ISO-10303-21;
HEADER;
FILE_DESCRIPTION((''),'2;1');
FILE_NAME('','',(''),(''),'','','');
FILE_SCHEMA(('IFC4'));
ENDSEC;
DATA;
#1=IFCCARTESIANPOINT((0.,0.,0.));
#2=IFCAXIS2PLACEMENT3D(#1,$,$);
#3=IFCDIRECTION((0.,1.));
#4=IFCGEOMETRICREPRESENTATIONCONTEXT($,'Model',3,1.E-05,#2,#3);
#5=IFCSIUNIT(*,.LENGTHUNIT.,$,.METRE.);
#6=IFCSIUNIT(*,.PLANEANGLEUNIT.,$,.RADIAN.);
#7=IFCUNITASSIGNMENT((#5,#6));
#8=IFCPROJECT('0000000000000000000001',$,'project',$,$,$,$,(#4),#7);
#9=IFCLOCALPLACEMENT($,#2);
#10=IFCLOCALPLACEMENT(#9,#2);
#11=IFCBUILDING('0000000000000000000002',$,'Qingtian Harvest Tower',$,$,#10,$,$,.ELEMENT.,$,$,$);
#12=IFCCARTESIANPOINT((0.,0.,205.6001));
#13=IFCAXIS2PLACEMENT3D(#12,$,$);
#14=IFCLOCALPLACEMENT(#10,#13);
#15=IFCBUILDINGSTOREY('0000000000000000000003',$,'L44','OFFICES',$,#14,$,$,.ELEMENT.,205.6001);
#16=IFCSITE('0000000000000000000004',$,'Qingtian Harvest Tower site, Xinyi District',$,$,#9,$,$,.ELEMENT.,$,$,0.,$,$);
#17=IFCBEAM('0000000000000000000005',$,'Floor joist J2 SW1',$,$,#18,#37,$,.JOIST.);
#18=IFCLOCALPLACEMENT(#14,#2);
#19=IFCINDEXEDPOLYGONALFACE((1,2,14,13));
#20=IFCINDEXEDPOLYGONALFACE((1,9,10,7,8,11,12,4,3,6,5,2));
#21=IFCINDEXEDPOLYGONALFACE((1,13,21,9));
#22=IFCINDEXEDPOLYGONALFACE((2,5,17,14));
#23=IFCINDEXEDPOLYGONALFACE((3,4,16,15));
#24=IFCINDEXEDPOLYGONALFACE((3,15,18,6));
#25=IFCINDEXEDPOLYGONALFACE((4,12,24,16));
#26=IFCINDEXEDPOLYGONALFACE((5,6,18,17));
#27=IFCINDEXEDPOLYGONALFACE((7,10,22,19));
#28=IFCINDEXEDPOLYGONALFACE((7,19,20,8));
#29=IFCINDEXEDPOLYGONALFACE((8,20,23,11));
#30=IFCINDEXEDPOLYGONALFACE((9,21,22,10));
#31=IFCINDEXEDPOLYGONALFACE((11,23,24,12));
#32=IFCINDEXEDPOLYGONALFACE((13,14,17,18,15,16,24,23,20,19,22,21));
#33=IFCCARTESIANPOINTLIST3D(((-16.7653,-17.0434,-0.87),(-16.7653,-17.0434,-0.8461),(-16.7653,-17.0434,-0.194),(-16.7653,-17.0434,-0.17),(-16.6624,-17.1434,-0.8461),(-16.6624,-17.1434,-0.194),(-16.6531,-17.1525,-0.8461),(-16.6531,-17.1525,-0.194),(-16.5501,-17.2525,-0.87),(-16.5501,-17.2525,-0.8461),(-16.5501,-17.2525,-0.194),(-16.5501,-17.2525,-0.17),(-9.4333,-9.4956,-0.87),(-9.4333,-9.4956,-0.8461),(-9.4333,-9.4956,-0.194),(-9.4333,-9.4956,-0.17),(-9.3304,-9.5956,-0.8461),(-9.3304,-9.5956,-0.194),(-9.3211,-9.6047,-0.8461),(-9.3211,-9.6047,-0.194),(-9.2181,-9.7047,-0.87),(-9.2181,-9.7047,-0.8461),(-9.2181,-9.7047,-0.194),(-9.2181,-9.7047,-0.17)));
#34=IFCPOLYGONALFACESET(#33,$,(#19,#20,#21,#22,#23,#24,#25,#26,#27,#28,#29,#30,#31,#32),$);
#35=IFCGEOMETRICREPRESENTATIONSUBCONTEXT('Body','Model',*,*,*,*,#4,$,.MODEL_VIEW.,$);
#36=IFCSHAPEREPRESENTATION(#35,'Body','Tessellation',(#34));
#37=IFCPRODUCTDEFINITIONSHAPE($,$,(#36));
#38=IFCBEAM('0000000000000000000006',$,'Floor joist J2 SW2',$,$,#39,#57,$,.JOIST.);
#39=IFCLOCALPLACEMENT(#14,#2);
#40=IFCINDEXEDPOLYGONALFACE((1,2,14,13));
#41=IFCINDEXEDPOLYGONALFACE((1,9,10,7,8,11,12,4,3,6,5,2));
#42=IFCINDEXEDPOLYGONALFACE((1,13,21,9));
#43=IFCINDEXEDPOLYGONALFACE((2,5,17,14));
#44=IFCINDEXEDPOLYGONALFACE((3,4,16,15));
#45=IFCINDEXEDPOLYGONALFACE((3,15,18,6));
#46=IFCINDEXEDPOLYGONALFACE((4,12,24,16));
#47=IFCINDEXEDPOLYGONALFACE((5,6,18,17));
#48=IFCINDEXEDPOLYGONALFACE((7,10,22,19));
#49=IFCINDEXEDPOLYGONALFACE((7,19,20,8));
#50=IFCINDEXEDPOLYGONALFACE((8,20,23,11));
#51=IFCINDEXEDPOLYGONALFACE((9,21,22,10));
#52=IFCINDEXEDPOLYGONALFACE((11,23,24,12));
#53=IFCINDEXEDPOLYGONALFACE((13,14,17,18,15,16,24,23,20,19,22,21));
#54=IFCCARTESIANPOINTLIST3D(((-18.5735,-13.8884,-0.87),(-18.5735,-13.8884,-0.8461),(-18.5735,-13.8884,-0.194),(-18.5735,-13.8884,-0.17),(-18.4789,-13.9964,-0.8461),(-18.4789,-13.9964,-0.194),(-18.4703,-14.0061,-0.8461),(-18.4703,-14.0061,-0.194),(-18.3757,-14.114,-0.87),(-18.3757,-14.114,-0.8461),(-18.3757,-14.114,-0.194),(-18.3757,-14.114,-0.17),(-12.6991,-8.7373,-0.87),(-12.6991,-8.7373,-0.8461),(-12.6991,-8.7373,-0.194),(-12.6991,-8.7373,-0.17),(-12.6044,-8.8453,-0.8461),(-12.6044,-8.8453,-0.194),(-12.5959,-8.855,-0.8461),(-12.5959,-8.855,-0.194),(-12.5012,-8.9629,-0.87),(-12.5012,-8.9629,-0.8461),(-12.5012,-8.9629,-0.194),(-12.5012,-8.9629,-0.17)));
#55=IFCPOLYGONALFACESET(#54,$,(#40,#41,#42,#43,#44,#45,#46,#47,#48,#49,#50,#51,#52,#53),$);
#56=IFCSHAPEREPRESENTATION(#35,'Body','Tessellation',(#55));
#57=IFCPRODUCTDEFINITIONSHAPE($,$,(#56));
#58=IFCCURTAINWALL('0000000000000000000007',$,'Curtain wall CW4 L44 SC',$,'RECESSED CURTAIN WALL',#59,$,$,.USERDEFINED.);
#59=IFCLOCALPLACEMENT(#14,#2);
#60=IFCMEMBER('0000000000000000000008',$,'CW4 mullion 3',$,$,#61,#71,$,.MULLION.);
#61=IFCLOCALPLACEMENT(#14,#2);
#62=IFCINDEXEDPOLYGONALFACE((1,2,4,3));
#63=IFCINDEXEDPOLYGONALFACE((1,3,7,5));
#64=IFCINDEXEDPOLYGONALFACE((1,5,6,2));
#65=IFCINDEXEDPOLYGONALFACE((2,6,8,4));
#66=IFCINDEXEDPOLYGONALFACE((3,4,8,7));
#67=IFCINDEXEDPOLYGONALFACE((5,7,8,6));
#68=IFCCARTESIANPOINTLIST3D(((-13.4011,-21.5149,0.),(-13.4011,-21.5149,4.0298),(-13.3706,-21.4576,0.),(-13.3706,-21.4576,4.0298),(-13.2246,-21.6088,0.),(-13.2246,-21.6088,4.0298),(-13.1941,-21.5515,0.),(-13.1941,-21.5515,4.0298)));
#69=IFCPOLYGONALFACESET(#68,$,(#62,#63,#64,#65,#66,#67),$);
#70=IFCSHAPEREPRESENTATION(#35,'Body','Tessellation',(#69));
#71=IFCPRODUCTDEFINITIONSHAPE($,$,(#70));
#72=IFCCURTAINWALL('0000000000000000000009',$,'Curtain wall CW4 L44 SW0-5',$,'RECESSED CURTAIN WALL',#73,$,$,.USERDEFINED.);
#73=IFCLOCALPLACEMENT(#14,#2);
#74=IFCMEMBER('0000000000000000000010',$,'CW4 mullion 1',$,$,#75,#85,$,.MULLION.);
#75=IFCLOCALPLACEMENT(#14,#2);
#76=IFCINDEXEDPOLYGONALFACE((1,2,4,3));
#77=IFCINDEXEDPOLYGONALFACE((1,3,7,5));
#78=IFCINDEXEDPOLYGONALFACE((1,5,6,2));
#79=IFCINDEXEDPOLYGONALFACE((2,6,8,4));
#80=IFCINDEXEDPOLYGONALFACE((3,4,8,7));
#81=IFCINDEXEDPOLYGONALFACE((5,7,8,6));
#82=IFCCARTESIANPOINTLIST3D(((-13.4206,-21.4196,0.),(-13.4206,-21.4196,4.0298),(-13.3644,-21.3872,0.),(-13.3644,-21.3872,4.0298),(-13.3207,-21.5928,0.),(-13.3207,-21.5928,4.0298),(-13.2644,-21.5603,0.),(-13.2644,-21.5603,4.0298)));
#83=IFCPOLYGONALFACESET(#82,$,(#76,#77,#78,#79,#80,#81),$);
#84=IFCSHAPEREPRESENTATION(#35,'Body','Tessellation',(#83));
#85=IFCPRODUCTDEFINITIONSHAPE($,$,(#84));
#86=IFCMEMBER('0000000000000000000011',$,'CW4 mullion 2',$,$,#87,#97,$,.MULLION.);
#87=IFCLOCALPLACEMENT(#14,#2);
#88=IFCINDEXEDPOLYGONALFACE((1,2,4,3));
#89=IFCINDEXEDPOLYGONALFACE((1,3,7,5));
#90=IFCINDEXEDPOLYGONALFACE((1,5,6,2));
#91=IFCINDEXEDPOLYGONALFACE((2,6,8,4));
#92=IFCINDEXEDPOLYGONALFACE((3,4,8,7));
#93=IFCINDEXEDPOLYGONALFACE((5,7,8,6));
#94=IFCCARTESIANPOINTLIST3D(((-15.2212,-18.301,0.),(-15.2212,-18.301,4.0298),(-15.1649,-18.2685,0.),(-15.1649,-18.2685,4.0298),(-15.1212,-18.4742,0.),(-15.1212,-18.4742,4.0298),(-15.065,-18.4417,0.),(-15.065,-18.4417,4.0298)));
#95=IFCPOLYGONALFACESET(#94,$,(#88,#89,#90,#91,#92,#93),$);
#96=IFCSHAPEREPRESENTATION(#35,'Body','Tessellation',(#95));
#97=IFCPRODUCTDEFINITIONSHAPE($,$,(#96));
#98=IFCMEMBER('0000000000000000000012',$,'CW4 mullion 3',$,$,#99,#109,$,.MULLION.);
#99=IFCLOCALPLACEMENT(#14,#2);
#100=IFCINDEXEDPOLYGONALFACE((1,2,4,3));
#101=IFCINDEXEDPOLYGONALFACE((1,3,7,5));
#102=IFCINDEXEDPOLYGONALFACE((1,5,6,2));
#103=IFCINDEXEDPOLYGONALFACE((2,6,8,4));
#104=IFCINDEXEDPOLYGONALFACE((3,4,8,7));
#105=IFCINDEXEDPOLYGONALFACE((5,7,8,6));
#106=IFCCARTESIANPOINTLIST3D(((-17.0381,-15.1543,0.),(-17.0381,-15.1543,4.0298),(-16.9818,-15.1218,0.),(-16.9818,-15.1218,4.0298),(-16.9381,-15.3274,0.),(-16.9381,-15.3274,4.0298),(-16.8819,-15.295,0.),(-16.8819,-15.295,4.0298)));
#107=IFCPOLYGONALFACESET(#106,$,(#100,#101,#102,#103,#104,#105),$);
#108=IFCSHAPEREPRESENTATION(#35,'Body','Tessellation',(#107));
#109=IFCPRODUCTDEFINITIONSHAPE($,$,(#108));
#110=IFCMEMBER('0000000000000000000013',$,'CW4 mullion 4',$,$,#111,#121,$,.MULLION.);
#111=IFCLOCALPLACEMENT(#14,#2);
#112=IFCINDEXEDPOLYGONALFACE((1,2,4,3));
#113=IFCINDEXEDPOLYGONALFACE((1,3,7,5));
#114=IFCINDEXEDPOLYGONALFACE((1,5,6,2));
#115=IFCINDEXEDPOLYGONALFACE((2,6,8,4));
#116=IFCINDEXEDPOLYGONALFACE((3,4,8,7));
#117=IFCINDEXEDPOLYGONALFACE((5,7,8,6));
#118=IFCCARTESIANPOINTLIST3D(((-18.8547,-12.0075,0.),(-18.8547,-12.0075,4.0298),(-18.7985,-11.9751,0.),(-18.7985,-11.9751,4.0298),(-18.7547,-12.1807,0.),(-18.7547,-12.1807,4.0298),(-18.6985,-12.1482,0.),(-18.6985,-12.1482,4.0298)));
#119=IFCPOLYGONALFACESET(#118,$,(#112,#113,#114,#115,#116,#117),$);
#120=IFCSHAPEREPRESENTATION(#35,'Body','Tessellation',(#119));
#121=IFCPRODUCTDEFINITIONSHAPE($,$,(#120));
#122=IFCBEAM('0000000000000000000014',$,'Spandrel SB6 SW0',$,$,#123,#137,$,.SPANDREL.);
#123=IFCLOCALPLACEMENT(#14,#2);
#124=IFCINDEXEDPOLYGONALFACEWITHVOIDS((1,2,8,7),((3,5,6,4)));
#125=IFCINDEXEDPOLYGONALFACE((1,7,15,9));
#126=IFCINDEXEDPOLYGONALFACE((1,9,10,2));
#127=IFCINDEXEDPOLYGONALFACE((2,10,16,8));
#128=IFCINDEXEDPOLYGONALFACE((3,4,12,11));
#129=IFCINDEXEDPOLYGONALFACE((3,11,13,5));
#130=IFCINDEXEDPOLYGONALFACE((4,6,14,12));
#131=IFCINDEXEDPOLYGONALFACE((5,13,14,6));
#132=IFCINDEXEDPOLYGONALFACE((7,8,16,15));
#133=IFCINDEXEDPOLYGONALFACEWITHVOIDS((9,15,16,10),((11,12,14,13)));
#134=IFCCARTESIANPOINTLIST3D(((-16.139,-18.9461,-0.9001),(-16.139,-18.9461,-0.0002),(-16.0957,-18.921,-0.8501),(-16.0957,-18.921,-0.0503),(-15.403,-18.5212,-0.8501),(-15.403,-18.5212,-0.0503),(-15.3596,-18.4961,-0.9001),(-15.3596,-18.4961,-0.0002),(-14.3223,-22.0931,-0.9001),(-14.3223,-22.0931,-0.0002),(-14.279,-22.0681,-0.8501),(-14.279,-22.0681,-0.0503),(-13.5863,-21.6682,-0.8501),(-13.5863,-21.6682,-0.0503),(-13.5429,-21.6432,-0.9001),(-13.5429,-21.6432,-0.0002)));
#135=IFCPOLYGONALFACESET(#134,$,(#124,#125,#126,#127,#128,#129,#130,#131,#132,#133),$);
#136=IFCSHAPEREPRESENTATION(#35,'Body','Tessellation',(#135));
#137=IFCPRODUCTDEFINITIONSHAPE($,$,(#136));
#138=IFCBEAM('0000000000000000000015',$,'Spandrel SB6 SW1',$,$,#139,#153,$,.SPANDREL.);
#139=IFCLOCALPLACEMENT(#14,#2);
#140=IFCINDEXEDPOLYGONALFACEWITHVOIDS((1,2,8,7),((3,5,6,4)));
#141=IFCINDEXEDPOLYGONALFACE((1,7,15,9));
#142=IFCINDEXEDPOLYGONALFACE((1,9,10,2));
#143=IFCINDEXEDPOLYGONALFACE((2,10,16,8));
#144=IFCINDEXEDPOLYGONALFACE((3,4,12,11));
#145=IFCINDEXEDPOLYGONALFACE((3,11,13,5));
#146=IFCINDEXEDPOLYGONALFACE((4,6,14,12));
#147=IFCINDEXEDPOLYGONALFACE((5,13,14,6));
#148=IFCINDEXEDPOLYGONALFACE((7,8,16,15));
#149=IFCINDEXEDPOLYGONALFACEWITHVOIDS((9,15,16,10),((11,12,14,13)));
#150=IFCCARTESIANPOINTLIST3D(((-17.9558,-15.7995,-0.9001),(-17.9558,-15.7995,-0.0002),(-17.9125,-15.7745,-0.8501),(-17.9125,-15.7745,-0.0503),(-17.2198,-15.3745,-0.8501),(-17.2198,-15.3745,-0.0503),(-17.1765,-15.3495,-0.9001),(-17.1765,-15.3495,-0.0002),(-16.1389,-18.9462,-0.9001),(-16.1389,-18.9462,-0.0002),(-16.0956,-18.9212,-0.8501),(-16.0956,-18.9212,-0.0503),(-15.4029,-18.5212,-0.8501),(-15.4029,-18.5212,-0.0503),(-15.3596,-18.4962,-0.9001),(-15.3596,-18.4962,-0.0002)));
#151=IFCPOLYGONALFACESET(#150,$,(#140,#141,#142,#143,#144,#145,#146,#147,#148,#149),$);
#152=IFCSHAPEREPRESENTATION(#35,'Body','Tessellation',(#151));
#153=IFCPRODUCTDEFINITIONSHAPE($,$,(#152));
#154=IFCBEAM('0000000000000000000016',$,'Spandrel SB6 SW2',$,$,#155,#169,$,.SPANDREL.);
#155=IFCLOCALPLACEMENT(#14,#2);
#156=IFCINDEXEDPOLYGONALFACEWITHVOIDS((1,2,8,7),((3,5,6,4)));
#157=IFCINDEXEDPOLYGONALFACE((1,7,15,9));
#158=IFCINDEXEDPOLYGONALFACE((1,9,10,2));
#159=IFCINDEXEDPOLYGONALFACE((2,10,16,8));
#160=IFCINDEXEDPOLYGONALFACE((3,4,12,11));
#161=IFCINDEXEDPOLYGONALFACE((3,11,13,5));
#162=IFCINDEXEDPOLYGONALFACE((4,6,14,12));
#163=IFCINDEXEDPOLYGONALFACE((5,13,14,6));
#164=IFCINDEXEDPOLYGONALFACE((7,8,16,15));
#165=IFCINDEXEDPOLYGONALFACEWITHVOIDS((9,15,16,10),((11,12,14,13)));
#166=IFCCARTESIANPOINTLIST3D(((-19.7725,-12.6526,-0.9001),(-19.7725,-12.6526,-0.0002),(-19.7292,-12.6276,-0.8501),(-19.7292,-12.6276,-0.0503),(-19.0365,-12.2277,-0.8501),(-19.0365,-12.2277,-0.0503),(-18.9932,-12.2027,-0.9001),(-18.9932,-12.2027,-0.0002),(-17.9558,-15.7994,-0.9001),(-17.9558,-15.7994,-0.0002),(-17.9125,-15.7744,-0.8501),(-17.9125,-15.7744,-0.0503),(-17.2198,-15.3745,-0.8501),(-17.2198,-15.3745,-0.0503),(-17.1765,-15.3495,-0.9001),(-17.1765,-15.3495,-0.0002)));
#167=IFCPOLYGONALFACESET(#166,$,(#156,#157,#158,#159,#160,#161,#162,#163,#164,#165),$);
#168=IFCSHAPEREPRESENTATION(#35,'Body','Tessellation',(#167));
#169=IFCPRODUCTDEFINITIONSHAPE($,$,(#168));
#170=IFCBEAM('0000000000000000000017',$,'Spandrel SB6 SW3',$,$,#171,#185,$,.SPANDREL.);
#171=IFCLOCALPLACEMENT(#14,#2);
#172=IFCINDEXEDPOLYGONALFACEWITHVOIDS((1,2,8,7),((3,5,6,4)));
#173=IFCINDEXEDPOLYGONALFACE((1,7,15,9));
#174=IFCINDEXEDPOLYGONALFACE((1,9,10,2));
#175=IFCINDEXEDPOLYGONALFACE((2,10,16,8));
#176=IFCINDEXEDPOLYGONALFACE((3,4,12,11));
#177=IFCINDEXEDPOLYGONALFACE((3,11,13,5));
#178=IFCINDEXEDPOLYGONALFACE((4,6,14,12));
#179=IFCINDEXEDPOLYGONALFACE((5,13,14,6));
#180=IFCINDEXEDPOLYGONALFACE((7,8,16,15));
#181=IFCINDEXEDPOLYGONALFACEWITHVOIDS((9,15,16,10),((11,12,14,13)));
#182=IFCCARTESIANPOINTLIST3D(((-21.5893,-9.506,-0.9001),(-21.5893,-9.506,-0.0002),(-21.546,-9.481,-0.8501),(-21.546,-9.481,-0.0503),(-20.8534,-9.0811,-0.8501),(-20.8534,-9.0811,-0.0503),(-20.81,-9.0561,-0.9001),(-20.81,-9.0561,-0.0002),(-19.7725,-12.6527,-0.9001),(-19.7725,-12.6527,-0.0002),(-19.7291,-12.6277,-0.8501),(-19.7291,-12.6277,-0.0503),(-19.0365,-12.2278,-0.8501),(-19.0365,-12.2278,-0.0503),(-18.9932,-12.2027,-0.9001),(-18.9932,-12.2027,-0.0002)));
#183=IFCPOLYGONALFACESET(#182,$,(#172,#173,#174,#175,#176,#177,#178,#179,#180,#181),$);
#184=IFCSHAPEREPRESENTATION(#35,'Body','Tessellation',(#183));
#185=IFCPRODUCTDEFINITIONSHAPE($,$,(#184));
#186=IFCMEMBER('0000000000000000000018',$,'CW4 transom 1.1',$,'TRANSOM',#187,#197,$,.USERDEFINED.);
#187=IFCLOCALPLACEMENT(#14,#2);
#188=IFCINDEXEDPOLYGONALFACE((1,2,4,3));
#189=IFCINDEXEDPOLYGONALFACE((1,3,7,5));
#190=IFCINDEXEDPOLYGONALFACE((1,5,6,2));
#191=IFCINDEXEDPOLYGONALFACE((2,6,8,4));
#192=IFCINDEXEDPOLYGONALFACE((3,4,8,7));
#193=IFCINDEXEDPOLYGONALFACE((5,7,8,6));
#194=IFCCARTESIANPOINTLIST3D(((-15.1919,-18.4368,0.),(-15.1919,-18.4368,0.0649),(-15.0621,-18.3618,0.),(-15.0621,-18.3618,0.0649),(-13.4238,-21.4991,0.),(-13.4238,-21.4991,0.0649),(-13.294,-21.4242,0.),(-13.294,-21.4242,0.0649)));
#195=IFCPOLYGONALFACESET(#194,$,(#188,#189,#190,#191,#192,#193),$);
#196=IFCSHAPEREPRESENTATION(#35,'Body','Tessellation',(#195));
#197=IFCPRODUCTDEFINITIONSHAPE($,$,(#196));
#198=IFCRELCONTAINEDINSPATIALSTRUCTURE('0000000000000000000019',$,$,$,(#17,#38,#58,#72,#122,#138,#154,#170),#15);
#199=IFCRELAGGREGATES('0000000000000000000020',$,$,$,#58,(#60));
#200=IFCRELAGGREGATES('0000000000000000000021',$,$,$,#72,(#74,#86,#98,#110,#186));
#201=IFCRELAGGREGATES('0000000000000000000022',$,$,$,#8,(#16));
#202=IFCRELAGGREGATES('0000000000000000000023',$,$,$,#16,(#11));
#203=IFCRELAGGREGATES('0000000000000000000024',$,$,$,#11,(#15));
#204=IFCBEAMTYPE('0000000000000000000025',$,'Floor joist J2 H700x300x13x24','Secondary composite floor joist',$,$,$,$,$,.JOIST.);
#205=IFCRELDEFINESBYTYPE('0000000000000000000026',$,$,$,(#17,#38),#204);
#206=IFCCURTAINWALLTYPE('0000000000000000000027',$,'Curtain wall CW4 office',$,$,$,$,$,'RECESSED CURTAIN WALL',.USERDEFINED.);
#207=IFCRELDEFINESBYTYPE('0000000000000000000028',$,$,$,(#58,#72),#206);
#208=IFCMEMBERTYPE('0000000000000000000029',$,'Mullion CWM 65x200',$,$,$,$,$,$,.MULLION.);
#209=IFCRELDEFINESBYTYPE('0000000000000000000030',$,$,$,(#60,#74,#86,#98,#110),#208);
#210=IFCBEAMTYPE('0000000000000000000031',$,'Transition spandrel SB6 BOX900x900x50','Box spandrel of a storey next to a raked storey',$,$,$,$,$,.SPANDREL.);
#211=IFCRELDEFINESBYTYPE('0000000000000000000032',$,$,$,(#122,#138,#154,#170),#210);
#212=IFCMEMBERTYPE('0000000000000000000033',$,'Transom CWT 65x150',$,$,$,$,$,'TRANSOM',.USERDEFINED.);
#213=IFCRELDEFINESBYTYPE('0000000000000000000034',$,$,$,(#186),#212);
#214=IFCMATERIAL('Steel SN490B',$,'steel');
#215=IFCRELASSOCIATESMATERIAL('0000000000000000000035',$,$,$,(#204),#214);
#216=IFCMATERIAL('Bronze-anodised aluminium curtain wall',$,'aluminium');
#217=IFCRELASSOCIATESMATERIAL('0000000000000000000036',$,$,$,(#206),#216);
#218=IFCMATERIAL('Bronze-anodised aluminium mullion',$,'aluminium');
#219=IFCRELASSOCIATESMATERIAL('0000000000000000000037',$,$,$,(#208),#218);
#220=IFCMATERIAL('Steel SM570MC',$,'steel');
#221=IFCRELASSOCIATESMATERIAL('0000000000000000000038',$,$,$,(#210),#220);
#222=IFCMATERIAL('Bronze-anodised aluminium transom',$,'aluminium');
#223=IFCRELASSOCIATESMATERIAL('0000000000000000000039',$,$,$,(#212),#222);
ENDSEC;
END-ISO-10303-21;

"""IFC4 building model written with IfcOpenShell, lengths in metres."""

from ifc_helpers import new_model, si_unit, direction, frame, origin, origin_2d, place, context, subcontext, project, spatial, rectangle, hollow_rectangle, i_section, extrude, material, material_profile, profile_set, type_object, element, aggregate, save


model = new_model("IFC4")

# Units and contexts
model_context = context("Model", 3, precision=1e-05, world=origin(), true_north=direction((0.0, 1.0)))
body_context = subcontext(model_context, "Body", "Model", "MODEL_VIEW")
ifc_project = project(units=[si_unit("LENGTHUNIT", "METRE"), si_unit("PLANEANGLEUNIT", "RADIAN")], contexts=[model_context])

# Site, building, storey
site_placement = place(None, origin())
site = spatial("IfcSite", under=ifc_project, at=site_placement, Name="Qingtian Harvest Tower site, Xinyi District", CompositionType="ELEMENT", RefElevation=0.0)
building_placement = place(site_placement, origin())
building = spatial("IfcBuilding", under=site, at=building_placement, Name="Qingtian Harvest Tower", CompositionType="ELEMENT")
storey_placement = place(building_placement, frame((0.0, 0.0, 205.6001)))
storey = spatial("IfcBuildingStorey", under=building, at=storey_placement, Name="L44", Description="OFFICES", CompositionType="ELEMENT", Elevation=205.6001)

# Beams
ifc_material_1 = material(Name="Steel SN490B", Category="steel")
ifc_material_profile_1 = material_profile(ifc_material_1, i_section(OverallWidth=0.3, OverallDepth=0.7, WebThickness=0.0129, FlangeThickness=0.0239, at=origin_2d()), Name="H700x300x13x24")
ifc_profile_set_1 = profile_set([ifc_material_profile_1], Name="Steel SN490B")
beam_type_1 = type_object("IfcBeamType", Name="Floor joist J2 H700x300x13x24", Description="Secondary composite floor joist", PredefinedType="JOIST", material=ifc_profile_set_1)
beam_1_placement = place(storey_placement, frame((-16.6577, -17.1479, -0.52), z_axis=(0.696777, 0.717287, 0.0), x_axis=(-0.717287, 0.696777, 0.0)))
element("IfcBeam", 1, at=beam_1_placement, inside=storey, type_object=beam_type_1, Name="Floor joist J2 SW1", PredefinedType="JOIST", context=body_context, shape_type="SweptSolid", body=[
    extrude(i_section(OverallWidth=0.3, OverallDepth=0.7, WebThickness=0.0129, FlangeThickness=0.0239, at=origin_2d()), origin(), (0.0, 0.0, 1.0), 10.5227),
])
beam_2_placement = place(storey_placement, frame((-18.4746, -14.0012, -0.52), z_axis=(0.751883, 0.659296, 0.0), x_axis=(-0.659296, 0.751883, 0.0)))
element("IfcBeam", 2, at=beam_2_placement, inside=storey, type_object=beam_type_1, Name="Floor joist J2 SW2", PredefinedType="JOIST", context=body_context, shape_type="SweptSolid", body=[
    extrude(i_section(OverallWidth=0.3, OverallDepth=0.7, WebThickness=0.0129, FlangeThickness=0.0239, at=origin_2d()), origin(), (0.0, 0.0, 1.0), 7.813),
])

# Curtain wall, member
ifc_material_2 = material(Name="Bronze-anodised aluminium curtain wall", Category="aluminium")
curtain_wall_type = type_object("IfcCurtainWallType", Name="Curtain wall CW4 office", ElementType="RECESSED CURTAIN WALL", PredefinedType="USERDEFINED", material=ifc_material_2)
curtain_wall_1_placement = place(storey_placement, origin())
curtain_wall_1 = element("IfcCurtainWall", 3, at=curtain_wall_1_placement, inside=storey, type_object=curtain_wall_type, Name="Curtain wall CW4 L44 SC", ObjectType="RECESSED CURTAIN WALL", PredefinedType="USERDEFINED")
ifc_material_3 = material(Name="Bronze-anodised aluminium mullion", Category="aluminium")
ifc_material_profile_2 = material_profile(ifc_material_3, rectangle(XDim=0.0649, YDim=0.2, at=origin_2d()), Name="AL 65x200")
ifc_profile_set_2 = profile_set([ifc_material_profile_2], Name="Bronze-anodised aluminium mullion")
member_type_1 = type_object("IfcMemberType", Name="Mullion CWM 65x200", PredefinedType="MULLION", material=ifc_profile_set_2)
member_1_placement = place(storey_placement, frame((-13.2976, -21.5332, 0.0), z_axis=(0.0, 0.0, 1.0), x_axis=(-0.469472, -0.882948, 0.0)))
member_1 = element("IfcMember", 4, at=member_1_placement, type_object=member_type_1, Name="CW4 mullion 3", PredefinedType="MULLION", context=body_context, shape_type="SweptSolid", body=[
    extrude(rectangle(XDim=0.0649, YDim=0.2, at=origin_2d()), origin(), (0.0, 0.0, 1.0), 4.0298),
])

# Curtain wall, members
curtain_wall_2_placement = place(storey_placement, origin())
curtain_wall_2 = element("IfcCurtainWall", 5, at=curtain_wall_2_placement, inside=storey, type_object=curtain_wall_type, Name="Curtain wall CW4 L44 SW0-5", ObjectType="RECESSED CURTAIN WALL", PredefinedType="USERDEFINED")
member_2_placement = place(storey_placement, frame((-13.3425, -21.49, 0.0), z_axis=(0.0, 0.0, 1.0), x_axis=(-0.866025, -0.5, 0.0)))
member_2 = element("IfcMember", 6, at=member_2_placement, type_object=member_type_1, Name="CW4 mullion 1", PredefinedType="MULLION", context=body_context, shape_type="SweptSolid", body=[
    extrude(rectangle(XDim=0.0649, YDim=0.2, at=origin_2d()), origin(), (0.0, 0.0, 1.0), 4.0298),
])
member_3_placement = place(storey_placement, frame((-15.1431, -18.3713, 0.0), z_axis=(0.0, 0.0, 1.0), x_axis=(-0.866025, -0.5, 0.0)))
member_3 = element("IfcMember", 7, at=member_3_placement, type_object=member_type_1, Name="CW4 mullion 2", PredefinedType="MULLION", context=body_context, shape_type="SweptSolid", body=[
    extrude(rectangle(XDim=0.0649, YDim=0.2, at=origin_2d()), origin(), (0.0, 0.0, 1.0), 4.0298),
])
member_4_placement = place(storey_placement, frame((-16.96, -15.2246, 0.0), z_axis=(0.0, 0.0, 1.0), x_axis=(-0.866025, -0.5, 0.0)))
member_4 = element("IfcMember", 8, at=member_4_placement, type_object=member_type_1, Name="CW4 mullion 3", PredefinedType="MULLION", context=body_context, shape_type="SweptSolid", body=[
    extrude(rectangle(XDim=0.0649, YDim=0.2, at=origin_2d()), origin(), (0.0, 0.0, 1.0), 4.0298),
])
member_5_placement = place(storey_placement, frame((-18.7766, -12.0779, 0.0), z_axis=(0.0, 0.0, 1.0), x_axis=(-0.866025, -0.5, 0.0)))
member_5 = element("IfcMember", 9, at=member_5_placement, type_object=member_type_1, Name="CW4 mullion 4", PredefinedType="MULLION", context=body_context, shape_type="SweptSolid", body=[
    extrude(rectangle(XDim=0.0649, YDim=0.2, at=origin_2d()), origin(), (0.0, 0.0, 1.0), 4.0298),
])

# Beams
ifc_material_4 = material(Name="Steel SM570MC", Category="steel")
ifc_material_profile_3 = material_profile(ifc_material_4, hollow_rectangle(XDim=0.8999, YDim=0.8999, WallThickness=0.05, at=origin_2d()), Name="BOX900x900x50")
ifc_profile_set_3 = profile_set([ifc_material_profile_3], Name="Steel SM570MC")
beam_type_2 = type_object("IfcBeamType", Name="Transition spandrel SB6 BOX900x900x50", Description="Box spandrel of a storey next to a raked storey", PredefinedType="SPANDREL", material=ifc_profile_set_3)
beam_3_placement = place(storey_placement, frame((-13.9326, -21.8682, -0.4502), z_axis=(-0.499947, 0.866056, 0.0), x_axis=(-0.866056, -0.499947, 0.0)))
element("IfcBeam", 10, at=beam_3_placement, inside=storey, type_object=beam_type_2, Name="Spandrel SB6 SW0", PredefinedType="SPANDREL", context=body_context, shape_type="SweptSolid", body=[
    extrude(hollow_rectangle(XDim=0.8999, YDim=0.8999, WallThickness=0.05, at=origin_2d()), origin(), (0.0, 0.0, 1.0), 3.6338),
])
for number, where, z_axis, x_axis, name in (
    (11, (-15.7493, -18.7212, -0.4502), (-0.500027, 0.86601, 0.0), (-0.86601, -0.500027, 0.0), "Spandrel SB6 SW1"),
    (12, (-17.5662, -15.5745, -0.4502), (-0.499976, 0.866039, 0.0), (-0.866039, -0.499976, 0.0), "Spandrel SB6 SW2"),
    (13, (-19.3828, -12.4277, -0.4502), (-0.500027, 0.86601, 0.0), (-0.86601, -0.500027, 0.0), "Spandrel SB6 SW3"),
):
    element("IfcBeam", number, at=place(storey_placement, frame(where, z_axis=z_axis, x_axis=x_axis)), inside=storey, type_object=beam_type_2, Name=name, PredefinedType="SPANDREL", context=body_context, shape_type="SweptSolid", body=[
        extrude(hollow_rectangle(XDim=0.8999, YDim=0.8999, WallThickness=0.05, at=origin_2d()), origin(), (0.0, 0.0, 1.0), 3.6335),
    ])

# Member
ifc_material_5 = material(Name="Bronze-anodised aluminium transom", Category="aluminium")
ifc_material_profile_4 = material_profile(ifc_material_5, rectangle(XDim=0.1499, YDim=0.0649, at=origin_2d()), Name="AL 65x150")
ifc_profile_set_4 = profile_set([ifc_material_profile_4], Name="Bronze-anodised aluminium transom")
member_type_2 = type_object("IfcMemberType", Name="Transom CWT 65x150", ElementType="TRANSOM", PredefinedType="USERDEFINED", material=ifc_profile_set_4)
member_6_placement = place(storey_placement, frame((-13.3589, -21.4617, 0.0325), z_axis=(-0.500015, 0.866017, 0.0), x_axis=(-0.866017, -0.500015, 0.0)))
member_6 = element("IfcMember", 14, at=member_6_placement, type_object=member_type_2, Name="CW4 transom 1.1", ObjectType="TRANSOM", PredefinedType="USERDEFINED", context=body_context, shape_type="SweptSolid", body=[
    extrude(rectangle(XDim=0.1499, YDim=0.0649, at=origin_2d()), origin(), (0.0, 0.0, 1.0), 3.5361),
])

aggregate(curtain_wall_1, [member_1])
aggregate(curtain_wall_2, [member_2, member_3, member_4, member_5, member_6])

save(model, "model.ifc")
